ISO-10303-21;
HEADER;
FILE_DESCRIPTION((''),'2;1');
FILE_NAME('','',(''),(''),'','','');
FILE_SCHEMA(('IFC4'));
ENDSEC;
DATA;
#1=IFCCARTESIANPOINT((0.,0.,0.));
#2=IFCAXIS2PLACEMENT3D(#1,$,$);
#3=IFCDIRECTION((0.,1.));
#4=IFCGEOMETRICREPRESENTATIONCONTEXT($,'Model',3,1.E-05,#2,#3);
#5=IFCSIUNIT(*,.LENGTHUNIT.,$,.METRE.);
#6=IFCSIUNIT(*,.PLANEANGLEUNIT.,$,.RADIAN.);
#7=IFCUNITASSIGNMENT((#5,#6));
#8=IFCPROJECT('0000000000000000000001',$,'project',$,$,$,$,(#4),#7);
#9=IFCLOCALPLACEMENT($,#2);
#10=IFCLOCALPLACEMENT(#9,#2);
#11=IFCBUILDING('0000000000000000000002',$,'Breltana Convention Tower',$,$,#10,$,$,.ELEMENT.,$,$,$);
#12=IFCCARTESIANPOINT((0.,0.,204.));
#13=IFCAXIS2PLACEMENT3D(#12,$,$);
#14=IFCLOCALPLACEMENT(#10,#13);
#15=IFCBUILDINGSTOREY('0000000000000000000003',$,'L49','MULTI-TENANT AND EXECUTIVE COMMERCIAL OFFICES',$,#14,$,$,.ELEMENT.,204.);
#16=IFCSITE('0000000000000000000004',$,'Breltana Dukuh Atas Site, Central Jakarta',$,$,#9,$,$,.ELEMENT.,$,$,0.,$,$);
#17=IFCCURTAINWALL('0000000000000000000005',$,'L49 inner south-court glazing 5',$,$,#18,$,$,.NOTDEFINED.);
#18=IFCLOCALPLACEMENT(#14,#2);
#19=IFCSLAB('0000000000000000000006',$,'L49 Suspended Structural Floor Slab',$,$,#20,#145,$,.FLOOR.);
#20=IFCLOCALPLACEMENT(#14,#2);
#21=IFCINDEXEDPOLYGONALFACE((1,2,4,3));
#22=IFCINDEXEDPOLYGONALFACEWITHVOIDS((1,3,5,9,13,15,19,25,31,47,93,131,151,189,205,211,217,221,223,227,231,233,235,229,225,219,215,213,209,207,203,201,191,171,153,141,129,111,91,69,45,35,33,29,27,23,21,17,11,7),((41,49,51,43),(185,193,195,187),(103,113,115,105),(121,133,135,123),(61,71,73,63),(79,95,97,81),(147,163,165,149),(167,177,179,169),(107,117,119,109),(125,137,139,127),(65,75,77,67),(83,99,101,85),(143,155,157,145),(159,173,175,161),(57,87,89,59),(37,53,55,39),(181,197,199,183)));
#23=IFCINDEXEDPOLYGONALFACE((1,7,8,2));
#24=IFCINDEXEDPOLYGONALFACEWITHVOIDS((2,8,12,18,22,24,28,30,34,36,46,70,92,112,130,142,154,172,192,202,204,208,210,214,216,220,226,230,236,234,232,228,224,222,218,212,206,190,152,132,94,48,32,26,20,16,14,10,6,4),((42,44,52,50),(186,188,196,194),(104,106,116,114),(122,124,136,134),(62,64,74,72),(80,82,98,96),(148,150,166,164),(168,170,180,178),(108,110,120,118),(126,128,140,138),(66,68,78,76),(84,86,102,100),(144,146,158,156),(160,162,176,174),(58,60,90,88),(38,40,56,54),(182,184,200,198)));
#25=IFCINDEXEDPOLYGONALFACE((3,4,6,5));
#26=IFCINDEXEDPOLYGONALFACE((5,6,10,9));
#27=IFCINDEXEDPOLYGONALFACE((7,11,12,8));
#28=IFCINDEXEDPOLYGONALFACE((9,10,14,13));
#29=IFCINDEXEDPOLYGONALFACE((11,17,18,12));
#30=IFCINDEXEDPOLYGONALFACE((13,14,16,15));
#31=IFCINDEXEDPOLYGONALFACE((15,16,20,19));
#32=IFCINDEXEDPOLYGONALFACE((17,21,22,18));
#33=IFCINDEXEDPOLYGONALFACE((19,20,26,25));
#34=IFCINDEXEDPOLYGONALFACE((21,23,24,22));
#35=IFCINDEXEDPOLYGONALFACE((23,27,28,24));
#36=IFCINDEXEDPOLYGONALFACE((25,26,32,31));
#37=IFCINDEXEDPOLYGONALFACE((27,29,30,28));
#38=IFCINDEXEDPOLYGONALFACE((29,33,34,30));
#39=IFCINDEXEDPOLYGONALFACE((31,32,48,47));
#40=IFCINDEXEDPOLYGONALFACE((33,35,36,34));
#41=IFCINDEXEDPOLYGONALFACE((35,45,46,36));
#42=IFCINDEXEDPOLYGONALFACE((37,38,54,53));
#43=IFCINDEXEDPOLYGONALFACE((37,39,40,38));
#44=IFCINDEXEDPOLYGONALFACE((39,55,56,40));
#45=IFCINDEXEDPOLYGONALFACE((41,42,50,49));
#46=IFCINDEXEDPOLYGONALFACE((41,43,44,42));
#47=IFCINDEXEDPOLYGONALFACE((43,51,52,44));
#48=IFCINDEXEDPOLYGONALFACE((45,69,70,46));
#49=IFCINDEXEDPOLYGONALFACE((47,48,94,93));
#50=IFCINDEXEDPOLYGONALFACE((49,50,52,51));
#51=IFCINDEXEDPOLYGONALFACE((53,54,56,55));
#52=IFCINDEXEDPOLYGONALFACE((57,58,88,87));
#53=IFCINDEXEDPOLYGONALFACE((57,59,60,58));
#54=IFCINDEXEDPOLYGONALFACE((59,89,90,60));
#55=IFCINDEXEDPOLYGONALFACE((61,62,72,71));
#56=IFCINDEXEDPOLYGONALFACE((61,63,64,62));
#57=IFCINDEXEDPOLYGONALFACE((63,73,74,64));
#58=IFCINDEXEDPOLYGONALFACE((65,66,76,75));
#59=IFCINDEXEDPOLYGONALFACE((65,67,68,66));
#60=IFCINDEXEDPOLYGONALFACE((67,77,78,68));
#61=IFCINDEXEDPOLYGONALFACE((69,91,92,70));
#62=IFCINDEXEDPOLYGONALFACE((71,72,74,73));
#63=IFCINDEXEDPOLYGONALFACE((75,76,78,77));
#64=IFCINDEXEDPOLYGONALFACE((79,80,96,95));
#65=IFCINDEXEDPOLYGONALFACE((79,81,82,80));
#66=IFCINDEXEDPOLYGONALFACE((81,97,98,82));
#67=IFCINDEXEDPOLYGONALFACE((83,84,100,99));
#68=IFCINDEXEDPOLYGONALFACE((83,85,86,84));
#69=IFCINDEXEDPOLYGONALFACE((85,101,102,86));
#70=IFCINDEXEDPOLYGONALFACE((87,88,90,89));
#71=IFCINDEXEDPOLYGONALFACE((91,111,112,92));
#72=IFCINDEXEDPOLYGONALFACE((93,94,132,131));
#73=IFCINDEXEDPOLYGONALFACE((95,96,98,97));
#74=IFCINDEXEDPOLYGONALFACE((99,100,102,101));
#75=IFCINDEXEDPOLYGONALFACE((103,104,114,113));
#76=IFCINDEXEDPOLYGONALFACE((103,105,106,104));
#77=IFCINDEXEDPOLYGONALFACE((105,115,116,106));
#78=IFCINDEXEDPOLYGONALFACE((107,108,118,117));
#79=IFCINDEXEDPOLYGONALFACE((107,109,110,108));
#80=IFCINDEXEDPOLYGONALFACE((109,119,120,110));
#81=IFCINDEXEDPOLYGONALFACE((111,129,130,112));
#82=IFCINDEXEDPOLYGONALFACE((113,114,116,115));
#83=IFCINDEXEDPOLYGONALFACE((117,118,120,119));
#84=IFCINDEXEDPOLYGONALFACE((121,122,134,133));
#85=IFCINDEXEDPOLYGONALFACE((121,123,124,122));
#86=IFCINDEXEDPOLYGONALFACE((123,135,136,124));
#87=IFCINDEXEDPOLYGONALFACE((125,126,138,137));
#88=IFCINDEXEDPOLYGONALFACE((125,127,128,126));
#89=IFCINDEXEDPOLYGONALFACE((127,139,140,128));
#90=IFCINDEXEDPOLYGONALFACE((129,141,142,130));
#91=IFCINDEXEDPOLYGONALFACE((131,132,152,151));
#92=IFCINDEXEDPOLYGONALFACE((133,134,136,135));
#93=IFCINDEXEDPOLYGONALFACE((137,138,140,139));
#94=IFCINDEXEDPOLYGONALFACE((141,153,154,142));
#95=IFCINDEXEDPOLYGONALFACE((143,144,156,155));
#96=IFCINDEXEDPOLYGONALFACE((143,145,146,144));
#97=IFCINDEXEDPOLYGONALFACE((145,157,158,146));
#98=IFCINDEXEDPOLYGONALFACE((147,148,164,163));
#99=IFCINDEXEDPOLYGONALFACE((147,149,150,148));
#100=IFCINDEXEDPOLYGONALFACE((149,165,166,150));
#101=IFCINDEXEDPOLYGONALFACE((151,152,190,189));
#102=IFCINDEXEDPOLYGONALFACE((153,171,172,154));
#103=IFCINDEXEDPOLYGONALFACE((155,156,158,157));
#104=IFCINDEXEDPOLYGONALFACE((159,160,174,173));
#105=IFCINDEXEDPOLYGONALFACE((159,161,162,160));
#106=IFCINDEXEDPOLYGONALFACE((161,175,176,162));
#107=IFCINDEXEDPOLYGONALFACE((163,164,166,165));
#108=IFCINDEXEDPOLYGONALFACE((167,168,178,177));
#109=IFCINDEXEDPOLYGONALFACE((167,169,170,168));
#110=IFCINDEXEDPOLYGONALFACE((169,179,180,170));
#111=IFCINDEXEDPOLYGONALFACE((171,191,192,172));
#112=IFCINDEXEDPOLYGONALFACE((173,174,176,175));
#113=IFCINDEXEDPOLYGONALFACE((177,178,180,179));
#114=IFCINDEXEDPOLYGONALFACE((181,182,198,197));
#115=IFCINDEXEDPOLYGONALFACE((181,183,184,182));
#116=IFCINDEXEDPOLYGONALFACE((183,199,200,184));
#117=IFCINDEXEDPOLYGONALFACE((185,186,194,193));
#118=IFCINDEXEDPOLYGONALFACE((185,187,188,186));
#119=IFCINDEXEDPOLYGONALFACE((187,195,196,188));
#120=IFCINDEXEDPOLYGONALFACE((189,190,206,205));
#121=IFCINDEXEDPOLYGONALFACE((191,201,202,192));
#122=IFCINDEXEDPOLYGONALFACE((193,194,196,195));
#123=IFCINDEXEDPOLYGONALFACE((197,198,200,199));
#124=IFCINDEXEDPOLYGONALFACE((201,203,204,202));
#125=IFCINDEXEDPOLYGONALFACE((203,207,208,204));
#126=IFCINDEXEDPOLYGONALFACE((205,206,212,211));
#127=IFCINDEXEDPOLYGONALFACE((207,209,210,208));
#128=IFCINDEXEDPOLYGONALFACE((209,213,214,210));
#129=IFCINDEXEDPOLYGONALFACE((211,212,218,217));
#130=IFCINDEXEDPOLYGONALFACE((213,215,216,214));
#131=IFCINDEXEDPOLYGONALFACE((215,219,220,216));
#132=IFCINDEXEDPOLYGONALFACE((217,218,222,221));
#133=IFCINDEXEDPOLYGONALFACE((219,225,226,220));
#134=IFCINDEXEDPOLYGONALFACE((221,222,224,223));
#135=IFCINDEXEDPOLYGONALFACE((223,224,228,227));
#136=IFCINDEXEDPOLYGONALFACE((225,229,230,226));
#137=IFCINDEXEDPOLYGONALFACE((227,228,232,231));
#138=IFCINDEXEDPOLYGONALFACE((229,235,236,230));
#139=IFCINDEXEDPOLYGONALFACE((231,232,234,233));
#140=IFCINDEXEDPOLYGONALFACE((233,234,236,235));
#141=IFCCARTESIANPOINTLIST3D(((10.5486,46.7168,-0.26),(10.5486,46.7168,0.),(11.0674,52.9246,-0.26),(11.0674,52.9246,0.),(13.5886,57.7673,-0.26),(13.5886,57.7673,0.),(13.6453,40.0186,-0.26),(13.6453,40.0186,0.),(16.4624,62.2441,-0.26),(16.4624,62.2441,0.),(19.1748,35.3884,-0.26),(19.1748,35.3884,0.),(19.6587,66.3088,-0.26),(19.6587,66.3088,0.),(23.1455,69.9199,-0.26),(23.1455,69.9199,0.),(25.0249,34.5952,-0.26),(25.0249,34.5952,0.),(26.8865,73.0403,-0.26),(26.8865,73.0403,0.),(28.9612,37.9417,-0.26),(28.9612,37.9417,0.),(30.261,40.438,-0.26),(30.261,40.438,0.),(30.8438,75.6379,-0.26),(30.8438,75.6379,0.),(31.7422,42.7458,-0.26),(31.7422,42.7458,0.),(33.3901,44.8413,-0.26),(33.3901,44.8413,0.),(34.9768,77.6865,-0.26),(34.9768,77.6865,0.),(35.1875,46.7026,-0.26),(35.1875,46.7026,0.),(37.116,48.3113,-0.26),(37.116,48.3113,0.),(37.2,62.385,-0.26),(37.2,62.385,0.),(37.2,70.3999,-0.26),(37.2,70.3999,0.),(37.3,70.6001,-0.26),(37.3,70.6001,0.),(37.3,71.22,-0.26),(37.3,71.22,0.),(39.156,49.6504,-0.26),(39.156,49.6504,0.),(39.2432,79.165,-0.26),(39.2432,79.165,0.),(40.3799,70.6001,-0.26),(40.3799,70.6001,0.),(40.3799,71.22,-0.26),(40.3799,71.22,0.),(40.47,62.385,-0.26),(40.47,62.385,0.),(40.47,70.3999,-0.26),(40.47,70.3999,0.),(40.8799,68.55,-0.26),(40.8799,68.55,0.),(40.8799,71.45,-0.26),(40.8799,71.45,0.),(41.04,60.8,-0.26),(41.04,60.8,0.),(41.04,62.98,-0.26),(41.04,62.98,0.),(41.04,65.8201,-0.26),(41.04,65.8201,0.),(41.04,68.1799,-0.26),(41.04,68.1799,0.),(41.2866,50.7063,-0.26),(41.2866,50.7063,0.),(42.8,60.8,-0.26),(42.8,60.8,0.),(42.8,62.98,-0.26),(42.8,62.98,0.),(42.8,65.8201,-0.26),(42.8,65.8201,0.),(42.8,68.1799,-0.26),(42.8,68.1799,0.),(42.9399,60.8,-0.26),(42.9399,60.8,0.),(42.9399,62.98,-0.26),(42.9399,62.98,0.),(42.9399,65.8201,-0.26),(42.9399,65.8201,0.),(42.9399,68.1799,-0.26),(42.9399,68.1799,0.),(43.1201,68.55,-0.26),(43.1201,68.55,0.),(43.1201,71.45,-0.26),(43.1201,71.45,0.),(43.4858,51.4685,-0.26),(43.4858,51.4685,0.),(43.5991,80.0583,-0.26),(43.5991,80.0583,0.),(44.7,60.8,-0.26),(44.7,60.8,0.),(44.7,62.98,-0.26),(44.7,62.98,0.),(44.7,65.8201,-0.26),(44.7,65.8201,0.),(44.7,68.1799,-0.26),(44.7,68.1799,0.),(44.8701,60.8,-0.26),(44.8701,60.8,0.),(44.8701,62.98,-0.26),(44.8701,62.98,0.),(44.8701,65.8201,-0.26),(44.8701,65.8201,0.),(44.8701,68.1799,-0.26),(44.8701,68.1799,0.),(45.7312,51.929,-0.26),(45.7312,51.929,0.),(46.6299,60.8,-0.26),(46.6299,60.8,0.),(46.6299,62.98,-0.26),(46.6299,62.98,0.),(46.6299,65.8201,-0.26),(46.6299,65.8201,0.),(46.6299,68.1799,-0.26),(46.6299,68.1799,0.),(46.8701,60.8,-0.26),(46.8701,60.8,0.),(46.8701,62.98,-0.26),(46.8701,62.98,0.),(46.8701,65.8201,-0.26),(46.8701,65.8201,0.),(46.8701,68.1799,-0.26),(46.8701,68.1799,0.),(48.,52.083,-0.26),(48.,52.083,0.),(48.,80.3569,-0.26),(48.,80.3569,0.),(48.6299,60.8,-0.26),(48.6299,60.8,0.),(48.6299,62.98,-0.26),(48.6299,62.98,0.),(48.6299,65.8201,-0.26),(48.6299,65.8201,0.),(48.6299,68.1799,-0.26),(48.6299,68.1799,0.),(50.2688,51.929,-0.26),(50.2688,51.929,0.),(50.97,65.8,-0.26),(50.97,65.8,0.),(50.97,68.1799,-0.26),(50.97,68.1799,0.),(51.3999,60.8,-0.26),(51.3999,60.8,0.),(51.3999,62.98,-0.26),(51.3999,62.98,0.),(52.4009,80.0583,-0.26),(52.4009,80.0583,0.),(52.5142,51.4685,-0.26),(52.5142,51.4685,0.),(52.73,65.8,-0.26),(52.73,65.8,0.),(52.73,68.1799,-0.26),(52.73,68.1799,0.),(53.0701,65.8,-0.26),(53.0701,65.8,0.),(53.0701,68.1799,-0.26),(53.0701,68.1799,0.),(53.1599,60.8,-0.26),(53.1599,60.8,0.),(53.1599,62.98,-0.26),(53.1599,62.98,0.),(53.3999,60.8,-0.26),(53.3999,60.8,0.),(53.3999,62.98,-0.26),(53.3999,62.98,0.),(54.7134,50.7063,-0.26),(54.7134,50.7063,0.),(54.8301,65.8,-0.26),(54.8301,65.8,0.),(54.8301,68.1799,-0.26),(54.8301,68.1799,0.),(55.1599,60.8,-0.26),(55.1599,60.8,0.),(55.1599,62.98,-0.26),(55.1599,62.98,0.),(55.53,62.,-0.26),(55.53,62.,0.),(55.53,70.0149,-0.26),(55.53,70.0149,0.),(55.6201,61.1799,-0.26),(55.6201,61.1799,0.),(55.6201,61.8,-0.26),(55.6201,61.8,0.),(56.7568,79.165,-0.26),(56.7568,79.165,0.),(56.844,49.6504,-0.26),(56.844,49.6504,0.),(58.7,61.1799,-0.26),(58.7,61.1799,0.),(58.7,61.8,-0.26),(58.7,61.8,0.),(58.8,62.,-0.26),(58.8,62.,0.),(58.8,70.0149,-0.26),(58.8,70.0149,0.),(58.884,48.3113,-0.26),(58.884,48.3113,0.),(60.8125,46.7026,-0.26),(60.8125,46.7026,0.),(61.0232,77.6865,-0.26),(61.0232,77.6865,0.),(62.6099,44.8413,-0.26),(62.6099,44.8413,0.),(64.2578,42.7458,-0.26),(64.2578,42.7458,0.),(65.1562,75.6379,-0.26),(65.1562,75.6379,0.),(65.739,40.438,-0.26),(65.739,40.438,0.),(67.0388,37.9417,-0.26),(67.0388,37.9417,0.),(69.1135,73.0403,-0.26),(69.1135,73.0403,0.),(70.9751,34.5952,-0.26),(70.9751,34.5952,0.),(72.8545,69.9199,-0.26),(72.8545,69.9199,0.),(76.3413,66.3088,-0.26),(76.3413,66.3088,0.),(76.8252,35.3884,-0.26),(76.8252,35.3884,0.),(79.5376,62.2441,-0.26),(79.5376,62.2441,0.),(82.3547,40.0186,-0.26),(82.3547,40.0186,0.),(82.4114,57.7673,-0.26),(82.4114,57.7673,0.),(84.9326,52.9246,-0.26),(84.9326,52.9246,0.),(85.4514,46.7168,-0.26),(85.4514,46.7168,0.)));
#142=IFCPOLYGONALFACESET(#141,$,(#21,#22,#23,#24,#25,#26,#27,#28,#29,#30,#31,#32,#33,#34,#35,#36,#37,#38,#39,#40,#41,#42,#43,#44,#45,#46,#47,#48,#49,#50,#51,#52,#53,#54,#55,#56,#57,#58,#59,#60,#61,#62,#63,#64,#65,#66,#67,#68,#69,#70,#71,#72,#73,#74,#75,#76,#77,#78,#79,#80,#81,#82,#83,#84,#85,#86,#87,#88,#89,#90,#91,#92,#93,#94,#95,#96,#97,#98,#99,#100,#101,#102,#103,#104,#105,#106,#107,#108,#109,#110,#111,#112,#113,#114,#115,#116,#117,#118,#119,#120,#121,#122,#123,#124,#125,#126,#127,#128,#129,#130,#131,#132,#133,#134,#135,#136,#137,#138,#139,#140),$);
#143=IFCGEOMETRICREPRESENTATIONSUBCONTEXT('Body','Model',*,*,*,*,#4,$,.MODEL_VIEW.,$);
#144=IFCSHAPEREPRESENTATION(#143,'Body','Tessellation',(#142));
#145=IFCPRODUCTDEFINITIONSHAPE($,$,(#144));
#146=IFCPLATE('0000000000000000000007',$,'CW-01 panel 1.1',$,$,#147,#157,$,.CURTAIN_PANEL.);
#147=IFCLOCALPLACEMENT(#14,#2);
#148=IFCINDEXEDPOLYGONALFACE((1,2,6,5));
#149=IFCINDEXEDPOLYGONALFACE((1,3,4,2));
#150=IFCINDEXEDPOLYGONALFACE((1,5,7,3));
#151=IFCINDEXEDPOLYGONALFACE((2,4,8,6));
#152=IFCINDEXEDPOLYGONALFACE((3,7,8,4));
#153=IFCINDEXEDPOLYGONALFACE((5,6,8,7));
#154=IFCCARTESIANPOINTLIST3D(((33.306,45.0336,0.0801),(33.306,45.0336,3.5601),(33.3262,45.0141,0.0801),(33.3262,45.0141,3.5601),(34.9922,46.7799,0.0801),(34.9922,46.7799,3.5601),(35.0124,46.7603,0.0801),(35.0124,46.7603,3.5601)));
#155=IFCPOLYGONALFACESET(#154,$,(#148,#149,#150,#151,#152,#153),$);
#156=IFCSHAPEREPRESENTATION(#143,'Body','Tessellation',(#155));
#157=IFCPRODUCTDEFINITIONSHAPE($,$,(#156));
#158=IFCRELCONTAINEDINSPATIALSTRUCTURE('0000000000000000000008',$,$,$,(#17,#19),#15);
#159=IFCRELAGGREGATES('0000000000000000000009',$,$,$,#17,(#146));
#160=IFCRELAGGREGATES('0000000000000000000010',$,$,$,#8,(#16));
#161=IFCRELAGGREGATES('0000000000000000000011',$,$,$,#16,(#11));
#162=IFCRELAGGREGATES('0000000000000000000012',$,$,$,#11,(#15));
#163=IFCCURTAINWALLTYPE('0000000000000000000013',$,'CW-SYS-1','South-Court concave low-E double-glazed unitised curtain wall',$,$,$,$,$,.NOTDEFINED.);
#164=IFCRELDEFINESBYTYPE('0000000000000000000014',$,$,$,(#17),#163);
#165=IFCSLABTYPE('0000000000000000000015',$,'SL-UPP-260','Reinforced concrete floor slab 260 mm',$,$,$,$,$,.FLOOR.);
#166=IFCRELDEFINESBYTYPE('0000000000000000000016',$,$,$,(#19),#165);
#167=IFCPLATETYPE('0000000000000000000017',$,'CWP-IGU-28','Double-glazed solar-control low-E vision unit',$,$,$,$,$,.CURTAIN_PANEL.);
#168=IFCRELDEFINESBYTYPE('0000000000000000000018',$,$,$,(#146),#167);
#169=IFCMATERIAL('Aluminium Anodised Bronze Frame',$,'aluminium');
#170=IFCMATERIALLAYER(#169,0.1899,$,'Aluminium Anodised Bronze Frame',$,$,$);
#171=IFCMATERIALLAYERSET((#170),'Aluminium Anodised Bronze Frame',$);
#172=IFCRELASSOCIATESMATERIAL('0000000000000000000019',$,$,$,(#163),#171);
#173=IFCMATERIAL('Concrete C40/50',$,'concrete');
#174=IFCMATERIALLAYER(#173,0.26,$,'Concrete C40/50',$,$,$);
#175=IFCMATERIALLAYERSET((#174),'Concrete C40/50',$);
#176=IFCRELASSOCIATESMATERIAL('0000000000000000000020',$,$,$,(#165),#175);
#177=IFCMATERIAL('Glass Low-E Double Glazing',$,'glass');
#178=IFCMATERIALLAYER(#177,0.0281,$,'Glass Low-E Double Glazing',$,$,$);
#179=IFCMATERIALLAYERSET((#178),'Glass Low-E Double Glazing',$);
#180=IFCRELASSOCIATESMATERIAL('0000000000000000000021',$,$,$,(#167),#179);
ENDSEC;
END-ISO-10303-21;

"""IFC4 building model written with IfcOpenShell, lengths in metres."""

from ifc_helpers import new_model, si_unit, direction, frame, origin, origin_2d, place, context, subcontext, project, spatial, polyline, rectangle, outline, extrude, source, transform, mapped, material, layer, layer_set, type_object, element, aggregate, save


model = new_model("IFC4")

# Units and contexts
model_context = context("Model", 3, precision=1e-05, world=origin(), true_north=direction((0.0, 1.0)))
body_context = subcontext(model_context, "Body", "Model", "MODEL_VIEW")
ifc_project = project(units=[si_unit("LENGTHUNIT", "METRE"), si_unit("PLANEANGLEUNIT", "RADIAN")], contexts=[model_context])

# Site, building, storey
site_placement = place(None, origin())
site = spatial("IfcSite", under=ifc_project, at=site_placement, Name="Breltana Dukuh Atas Site, Central Jakarta", CompositionType="ELEMENT", RefElevation=0.0)
building_placement = place(site_placement, origin())
building = spatial("IfcBuilding", under=site, at=building_placement, Name="Breltana Convention Tower", CompositionType="ELEMENT")
storey_placement = place(building_placement, frame((0.0, 0.0, 204.0)))
storey = spatial("IfcBuildingStorey", under=building, at=storey_placement, Name="L49", Description="MULTI-TENANT AND EXECUTIVE COMMERCIAL OFFICES", CompositionType="ELEMENT", Elevation=204.0)

# Curtain wall
ifc_material_1 = material(Name="Aluminium Anodised Bronze Frame", Category="aluminium")
ifc_layer_1 = layer(ifc_material_1, 0.1899, Name="Aluminium Anodised Bronze Frame")
ifc_layer_set_1 = layer_set([ifc_layer_1], Name="Aluminium Anodised Bronze Frame")
curtain_wall_type = type_object("IfcCurtainWallType", Name="CW-SYS-1", Description="South-Court concave low-E double-glazed unitised curtain wall", PredefinedType="NOTDEFINED", material=ifc_layer_set_1)
curtain_wall_placement = place(storey_placement, origin())
curtain_wall = element("IfcCurtainWall", 1, at=curtain_wall_placement, inside=storey, type_object=curtain_wall_type, Name="L49 inner south-court glazing 5", PredefinedType="NOTDEFINED")

# Shared definitions
ifc_material_2 = material(Name="Concrete C40/50", Category="concrete")

# Slab
ifc_layer_2 = layer(ifc_material_2, 0.26, Name="Concrete C40/50")
ifc_layer_set_2 = layer_set([ifc_layer_2], Name="Concrete C40/50")
slab_type_1 = type_object("IfcSlabType", Name="SL-UPP-260", Description="Reinforced concrete floor slab 260 mm", PredefinedType="FLOOR", material=ifc_layer_set_2)
slab_1_placement = place(storey_placement, frame((0.0, 0.0, -0.26)))
element("IfcSlab", 2, at=slab_1_placement, inside=storey, type_object=slab_type_1, Name="L49 Suspended Structural Floor Slab", PredefinedType="FLOOR", context=body_context, shape_type="SweptSolid", body=[
    extrude(outline(polyline([(84.9326, 52.9246), (82.4114, 57.7673), (79.5376, 62.2441), (76.3413, 66.3088), (72.8545, 69.9199), (69.1135, 73.0403), (65.1562, 75.6379), (61.0232, 77.6865), (56.7568, 79.165), (52.4009, 80.0583), (48.0, 80.3569), (43.5991, 80.0583), (39.2432, 79.165), (34.9768, 77.6865), (30.8438, 75.6379), (26.8865, 73.0403), (23.1455, 69.9199), (19.6587, 66.3088), (16.4624, 62.2441), (13.5886, 57.7673), (11.0674, 52.9246), (10.5486, 46.7168), (13.6453, 40.0186), (19.1748, 35.3884), (25.0249, 34.5952), (28.9612, 37.9417), (30.261, 40.438), (31.7422, 42.7458), (33.3901, 44.8413), (35.1875, 46.7026), (37.116, 48.3113), (39.156, 49.6504), (41.2866, 50.7063), (43.4858, 51.4685), (45.7312, 51.929), (48.0, 52.083), (50.2688, 51.929), (52.5142, 51.4685), (54.7134, 50.7063), (56.844, 49.6504), (58.884, 48.3113), (60.8125, 46.7026), (62.6099, 44.8413), (64.2578, 42.7458), (65.739, 40.438), (67.0388, 37.9417), (70.9751, 34.5952), (76.8252, 35.3884), (82.3547, 40.0186), (85.4514, 46.7168), (84.9326, 52.9246)]), holes=[polyline([(37.2, 62.385), (40.47, 62.385), (40.47, 70.3999), (37.2, 70.3999), (37.2, 62.385)]), polyline([(55.53, 62.0), (58.8, 62.0), (58.8, 70.0149), (55.53, 70.0149), (55.53, 62.0)]), polyline([(41.04, 60.8), (42.8, 60.8), (42.8, 62.98), (41.04, 62.98), (41.04, 60.8)]), polyline([(42.9399, 60.8), (44.7, 60.8), (44.7, 62.98), (42.9399, 62.98), (42.9399, 60.8)]), polyline([(44.8701, 60.8), (46.6299, 60.8), (46.6299, 62.98), (44.8701, 62.98), (44.8701, 60.8)]), polyline([(46.8701, 60.8), (48.6299, 60.8), (48.6299, 62.98), (46.8701, 62.98), (46.8701, 60.8)]), polyline([(51.3999, 60.8), (53.1599, 60.8), (53.1599, 62.98), (51.3999, 62.98), (51.3999, 60.8)]), polyline([(53.3999, 60.8), (55.1599, 60.8), (55.1599, 62.98), (53.3999, 62.98), (53.3999, 60.8)]), polyline([(41.04, 65.8201), (42.8, 65.8201), (42.8, 68.1799), (41.04, 68.1799), (41.04, 65.8201)]), polyline([(42.9399, 65.8201), (44.7, 65.8201), (44.7, 68.1799), (42.9399, 68.1799), (42.9399, 65.8201)]), polyline([(44.8701, 65.8201), (46.6299, 65.8201), (46.6299, 68.1799), (44.8701, 68.1799), (44.8701, 65.8201)]), polyline([(46.8701, 65.8201), (48.6299, 65.8201), (48.6299, 68.1799), (46.8701, 68.1799), (46.8701, 65.8201)]), polyline([(50.97, 65.8), (52.73, 65.8), (52.73, 68.1799), (50.97, 68.1799), (50.97, 65.8)]), polyline([(53.0701, 65.8), (54.8301, 65.8), (54.8301, 68.1799), (53.0701, 68.1799), (53.0701, 65.8)]), polyline([(40.8799, 68.55), (43.1201, 68.55), (43.1201, 71.45), (40.8799, 71.45), (40.8799, 68.55)]), polyline([(37.3, 70.6001), (40.3799, 70.6001), (40.3799, 71.22), (37.3, 71.22), (37.3, 70.6001)]), polyline([(55.6201, 61.1799), (58.7, 61.1799), (58.7, 61.8), (55.6201, 61.8), (55.6201, 61.1799)])]), origin(), (0.0, 0.0, 1.0), 0.26),
])

# Plate
ifc_material_3 = material(Name="Glass Low-E Double Glazing", Category="glass")
ifc_layer_3 = layer(ifc_material_3, 0.0281, Name="Glass Low-E Double Glazing")
ifc_layer_set_3 = layer_set([ifc_layer_3], Name="Glass Low-E Double Glazing")
plate_type = type_object("IfcPlateType", Name="CWP-IGU-28", Description="Double-glazed solar-control low-E vision unit", PredefinedType="CURTAIN_PANEL", material=ifc_layer_set_3)
shared_shape_1 = source(origin(), body_context, "Body", "SweptSolid", [
    extrude(rectangle(XDim=2.4275, YDim=0.0281, at=origin_2d()), origin(), (0.0, 0.0, 1.0), 3.48),
])
plate_placement = place(storey_placement, frame((34.1592, 45.897, 0.0801), z_axis=(0.0, 0.0, 1.0), x_axis=(-0.694632, -0.719366, 0.0)))
plate = element("IfcPlate", 3, at=plate_placement, type_object=plate_type, Name="CW-01 panel 1.1", PredefinedType="CURTAIN_PANEL", context=body_context, shape_type="MappedRepresentation", body=[
    mapped(shared_shape_1, transform((0.0, 0.0, 0.0), scale=1.0)),
])
aggregate(curtain_wall, [plate])

save(model, "model.ifc")
